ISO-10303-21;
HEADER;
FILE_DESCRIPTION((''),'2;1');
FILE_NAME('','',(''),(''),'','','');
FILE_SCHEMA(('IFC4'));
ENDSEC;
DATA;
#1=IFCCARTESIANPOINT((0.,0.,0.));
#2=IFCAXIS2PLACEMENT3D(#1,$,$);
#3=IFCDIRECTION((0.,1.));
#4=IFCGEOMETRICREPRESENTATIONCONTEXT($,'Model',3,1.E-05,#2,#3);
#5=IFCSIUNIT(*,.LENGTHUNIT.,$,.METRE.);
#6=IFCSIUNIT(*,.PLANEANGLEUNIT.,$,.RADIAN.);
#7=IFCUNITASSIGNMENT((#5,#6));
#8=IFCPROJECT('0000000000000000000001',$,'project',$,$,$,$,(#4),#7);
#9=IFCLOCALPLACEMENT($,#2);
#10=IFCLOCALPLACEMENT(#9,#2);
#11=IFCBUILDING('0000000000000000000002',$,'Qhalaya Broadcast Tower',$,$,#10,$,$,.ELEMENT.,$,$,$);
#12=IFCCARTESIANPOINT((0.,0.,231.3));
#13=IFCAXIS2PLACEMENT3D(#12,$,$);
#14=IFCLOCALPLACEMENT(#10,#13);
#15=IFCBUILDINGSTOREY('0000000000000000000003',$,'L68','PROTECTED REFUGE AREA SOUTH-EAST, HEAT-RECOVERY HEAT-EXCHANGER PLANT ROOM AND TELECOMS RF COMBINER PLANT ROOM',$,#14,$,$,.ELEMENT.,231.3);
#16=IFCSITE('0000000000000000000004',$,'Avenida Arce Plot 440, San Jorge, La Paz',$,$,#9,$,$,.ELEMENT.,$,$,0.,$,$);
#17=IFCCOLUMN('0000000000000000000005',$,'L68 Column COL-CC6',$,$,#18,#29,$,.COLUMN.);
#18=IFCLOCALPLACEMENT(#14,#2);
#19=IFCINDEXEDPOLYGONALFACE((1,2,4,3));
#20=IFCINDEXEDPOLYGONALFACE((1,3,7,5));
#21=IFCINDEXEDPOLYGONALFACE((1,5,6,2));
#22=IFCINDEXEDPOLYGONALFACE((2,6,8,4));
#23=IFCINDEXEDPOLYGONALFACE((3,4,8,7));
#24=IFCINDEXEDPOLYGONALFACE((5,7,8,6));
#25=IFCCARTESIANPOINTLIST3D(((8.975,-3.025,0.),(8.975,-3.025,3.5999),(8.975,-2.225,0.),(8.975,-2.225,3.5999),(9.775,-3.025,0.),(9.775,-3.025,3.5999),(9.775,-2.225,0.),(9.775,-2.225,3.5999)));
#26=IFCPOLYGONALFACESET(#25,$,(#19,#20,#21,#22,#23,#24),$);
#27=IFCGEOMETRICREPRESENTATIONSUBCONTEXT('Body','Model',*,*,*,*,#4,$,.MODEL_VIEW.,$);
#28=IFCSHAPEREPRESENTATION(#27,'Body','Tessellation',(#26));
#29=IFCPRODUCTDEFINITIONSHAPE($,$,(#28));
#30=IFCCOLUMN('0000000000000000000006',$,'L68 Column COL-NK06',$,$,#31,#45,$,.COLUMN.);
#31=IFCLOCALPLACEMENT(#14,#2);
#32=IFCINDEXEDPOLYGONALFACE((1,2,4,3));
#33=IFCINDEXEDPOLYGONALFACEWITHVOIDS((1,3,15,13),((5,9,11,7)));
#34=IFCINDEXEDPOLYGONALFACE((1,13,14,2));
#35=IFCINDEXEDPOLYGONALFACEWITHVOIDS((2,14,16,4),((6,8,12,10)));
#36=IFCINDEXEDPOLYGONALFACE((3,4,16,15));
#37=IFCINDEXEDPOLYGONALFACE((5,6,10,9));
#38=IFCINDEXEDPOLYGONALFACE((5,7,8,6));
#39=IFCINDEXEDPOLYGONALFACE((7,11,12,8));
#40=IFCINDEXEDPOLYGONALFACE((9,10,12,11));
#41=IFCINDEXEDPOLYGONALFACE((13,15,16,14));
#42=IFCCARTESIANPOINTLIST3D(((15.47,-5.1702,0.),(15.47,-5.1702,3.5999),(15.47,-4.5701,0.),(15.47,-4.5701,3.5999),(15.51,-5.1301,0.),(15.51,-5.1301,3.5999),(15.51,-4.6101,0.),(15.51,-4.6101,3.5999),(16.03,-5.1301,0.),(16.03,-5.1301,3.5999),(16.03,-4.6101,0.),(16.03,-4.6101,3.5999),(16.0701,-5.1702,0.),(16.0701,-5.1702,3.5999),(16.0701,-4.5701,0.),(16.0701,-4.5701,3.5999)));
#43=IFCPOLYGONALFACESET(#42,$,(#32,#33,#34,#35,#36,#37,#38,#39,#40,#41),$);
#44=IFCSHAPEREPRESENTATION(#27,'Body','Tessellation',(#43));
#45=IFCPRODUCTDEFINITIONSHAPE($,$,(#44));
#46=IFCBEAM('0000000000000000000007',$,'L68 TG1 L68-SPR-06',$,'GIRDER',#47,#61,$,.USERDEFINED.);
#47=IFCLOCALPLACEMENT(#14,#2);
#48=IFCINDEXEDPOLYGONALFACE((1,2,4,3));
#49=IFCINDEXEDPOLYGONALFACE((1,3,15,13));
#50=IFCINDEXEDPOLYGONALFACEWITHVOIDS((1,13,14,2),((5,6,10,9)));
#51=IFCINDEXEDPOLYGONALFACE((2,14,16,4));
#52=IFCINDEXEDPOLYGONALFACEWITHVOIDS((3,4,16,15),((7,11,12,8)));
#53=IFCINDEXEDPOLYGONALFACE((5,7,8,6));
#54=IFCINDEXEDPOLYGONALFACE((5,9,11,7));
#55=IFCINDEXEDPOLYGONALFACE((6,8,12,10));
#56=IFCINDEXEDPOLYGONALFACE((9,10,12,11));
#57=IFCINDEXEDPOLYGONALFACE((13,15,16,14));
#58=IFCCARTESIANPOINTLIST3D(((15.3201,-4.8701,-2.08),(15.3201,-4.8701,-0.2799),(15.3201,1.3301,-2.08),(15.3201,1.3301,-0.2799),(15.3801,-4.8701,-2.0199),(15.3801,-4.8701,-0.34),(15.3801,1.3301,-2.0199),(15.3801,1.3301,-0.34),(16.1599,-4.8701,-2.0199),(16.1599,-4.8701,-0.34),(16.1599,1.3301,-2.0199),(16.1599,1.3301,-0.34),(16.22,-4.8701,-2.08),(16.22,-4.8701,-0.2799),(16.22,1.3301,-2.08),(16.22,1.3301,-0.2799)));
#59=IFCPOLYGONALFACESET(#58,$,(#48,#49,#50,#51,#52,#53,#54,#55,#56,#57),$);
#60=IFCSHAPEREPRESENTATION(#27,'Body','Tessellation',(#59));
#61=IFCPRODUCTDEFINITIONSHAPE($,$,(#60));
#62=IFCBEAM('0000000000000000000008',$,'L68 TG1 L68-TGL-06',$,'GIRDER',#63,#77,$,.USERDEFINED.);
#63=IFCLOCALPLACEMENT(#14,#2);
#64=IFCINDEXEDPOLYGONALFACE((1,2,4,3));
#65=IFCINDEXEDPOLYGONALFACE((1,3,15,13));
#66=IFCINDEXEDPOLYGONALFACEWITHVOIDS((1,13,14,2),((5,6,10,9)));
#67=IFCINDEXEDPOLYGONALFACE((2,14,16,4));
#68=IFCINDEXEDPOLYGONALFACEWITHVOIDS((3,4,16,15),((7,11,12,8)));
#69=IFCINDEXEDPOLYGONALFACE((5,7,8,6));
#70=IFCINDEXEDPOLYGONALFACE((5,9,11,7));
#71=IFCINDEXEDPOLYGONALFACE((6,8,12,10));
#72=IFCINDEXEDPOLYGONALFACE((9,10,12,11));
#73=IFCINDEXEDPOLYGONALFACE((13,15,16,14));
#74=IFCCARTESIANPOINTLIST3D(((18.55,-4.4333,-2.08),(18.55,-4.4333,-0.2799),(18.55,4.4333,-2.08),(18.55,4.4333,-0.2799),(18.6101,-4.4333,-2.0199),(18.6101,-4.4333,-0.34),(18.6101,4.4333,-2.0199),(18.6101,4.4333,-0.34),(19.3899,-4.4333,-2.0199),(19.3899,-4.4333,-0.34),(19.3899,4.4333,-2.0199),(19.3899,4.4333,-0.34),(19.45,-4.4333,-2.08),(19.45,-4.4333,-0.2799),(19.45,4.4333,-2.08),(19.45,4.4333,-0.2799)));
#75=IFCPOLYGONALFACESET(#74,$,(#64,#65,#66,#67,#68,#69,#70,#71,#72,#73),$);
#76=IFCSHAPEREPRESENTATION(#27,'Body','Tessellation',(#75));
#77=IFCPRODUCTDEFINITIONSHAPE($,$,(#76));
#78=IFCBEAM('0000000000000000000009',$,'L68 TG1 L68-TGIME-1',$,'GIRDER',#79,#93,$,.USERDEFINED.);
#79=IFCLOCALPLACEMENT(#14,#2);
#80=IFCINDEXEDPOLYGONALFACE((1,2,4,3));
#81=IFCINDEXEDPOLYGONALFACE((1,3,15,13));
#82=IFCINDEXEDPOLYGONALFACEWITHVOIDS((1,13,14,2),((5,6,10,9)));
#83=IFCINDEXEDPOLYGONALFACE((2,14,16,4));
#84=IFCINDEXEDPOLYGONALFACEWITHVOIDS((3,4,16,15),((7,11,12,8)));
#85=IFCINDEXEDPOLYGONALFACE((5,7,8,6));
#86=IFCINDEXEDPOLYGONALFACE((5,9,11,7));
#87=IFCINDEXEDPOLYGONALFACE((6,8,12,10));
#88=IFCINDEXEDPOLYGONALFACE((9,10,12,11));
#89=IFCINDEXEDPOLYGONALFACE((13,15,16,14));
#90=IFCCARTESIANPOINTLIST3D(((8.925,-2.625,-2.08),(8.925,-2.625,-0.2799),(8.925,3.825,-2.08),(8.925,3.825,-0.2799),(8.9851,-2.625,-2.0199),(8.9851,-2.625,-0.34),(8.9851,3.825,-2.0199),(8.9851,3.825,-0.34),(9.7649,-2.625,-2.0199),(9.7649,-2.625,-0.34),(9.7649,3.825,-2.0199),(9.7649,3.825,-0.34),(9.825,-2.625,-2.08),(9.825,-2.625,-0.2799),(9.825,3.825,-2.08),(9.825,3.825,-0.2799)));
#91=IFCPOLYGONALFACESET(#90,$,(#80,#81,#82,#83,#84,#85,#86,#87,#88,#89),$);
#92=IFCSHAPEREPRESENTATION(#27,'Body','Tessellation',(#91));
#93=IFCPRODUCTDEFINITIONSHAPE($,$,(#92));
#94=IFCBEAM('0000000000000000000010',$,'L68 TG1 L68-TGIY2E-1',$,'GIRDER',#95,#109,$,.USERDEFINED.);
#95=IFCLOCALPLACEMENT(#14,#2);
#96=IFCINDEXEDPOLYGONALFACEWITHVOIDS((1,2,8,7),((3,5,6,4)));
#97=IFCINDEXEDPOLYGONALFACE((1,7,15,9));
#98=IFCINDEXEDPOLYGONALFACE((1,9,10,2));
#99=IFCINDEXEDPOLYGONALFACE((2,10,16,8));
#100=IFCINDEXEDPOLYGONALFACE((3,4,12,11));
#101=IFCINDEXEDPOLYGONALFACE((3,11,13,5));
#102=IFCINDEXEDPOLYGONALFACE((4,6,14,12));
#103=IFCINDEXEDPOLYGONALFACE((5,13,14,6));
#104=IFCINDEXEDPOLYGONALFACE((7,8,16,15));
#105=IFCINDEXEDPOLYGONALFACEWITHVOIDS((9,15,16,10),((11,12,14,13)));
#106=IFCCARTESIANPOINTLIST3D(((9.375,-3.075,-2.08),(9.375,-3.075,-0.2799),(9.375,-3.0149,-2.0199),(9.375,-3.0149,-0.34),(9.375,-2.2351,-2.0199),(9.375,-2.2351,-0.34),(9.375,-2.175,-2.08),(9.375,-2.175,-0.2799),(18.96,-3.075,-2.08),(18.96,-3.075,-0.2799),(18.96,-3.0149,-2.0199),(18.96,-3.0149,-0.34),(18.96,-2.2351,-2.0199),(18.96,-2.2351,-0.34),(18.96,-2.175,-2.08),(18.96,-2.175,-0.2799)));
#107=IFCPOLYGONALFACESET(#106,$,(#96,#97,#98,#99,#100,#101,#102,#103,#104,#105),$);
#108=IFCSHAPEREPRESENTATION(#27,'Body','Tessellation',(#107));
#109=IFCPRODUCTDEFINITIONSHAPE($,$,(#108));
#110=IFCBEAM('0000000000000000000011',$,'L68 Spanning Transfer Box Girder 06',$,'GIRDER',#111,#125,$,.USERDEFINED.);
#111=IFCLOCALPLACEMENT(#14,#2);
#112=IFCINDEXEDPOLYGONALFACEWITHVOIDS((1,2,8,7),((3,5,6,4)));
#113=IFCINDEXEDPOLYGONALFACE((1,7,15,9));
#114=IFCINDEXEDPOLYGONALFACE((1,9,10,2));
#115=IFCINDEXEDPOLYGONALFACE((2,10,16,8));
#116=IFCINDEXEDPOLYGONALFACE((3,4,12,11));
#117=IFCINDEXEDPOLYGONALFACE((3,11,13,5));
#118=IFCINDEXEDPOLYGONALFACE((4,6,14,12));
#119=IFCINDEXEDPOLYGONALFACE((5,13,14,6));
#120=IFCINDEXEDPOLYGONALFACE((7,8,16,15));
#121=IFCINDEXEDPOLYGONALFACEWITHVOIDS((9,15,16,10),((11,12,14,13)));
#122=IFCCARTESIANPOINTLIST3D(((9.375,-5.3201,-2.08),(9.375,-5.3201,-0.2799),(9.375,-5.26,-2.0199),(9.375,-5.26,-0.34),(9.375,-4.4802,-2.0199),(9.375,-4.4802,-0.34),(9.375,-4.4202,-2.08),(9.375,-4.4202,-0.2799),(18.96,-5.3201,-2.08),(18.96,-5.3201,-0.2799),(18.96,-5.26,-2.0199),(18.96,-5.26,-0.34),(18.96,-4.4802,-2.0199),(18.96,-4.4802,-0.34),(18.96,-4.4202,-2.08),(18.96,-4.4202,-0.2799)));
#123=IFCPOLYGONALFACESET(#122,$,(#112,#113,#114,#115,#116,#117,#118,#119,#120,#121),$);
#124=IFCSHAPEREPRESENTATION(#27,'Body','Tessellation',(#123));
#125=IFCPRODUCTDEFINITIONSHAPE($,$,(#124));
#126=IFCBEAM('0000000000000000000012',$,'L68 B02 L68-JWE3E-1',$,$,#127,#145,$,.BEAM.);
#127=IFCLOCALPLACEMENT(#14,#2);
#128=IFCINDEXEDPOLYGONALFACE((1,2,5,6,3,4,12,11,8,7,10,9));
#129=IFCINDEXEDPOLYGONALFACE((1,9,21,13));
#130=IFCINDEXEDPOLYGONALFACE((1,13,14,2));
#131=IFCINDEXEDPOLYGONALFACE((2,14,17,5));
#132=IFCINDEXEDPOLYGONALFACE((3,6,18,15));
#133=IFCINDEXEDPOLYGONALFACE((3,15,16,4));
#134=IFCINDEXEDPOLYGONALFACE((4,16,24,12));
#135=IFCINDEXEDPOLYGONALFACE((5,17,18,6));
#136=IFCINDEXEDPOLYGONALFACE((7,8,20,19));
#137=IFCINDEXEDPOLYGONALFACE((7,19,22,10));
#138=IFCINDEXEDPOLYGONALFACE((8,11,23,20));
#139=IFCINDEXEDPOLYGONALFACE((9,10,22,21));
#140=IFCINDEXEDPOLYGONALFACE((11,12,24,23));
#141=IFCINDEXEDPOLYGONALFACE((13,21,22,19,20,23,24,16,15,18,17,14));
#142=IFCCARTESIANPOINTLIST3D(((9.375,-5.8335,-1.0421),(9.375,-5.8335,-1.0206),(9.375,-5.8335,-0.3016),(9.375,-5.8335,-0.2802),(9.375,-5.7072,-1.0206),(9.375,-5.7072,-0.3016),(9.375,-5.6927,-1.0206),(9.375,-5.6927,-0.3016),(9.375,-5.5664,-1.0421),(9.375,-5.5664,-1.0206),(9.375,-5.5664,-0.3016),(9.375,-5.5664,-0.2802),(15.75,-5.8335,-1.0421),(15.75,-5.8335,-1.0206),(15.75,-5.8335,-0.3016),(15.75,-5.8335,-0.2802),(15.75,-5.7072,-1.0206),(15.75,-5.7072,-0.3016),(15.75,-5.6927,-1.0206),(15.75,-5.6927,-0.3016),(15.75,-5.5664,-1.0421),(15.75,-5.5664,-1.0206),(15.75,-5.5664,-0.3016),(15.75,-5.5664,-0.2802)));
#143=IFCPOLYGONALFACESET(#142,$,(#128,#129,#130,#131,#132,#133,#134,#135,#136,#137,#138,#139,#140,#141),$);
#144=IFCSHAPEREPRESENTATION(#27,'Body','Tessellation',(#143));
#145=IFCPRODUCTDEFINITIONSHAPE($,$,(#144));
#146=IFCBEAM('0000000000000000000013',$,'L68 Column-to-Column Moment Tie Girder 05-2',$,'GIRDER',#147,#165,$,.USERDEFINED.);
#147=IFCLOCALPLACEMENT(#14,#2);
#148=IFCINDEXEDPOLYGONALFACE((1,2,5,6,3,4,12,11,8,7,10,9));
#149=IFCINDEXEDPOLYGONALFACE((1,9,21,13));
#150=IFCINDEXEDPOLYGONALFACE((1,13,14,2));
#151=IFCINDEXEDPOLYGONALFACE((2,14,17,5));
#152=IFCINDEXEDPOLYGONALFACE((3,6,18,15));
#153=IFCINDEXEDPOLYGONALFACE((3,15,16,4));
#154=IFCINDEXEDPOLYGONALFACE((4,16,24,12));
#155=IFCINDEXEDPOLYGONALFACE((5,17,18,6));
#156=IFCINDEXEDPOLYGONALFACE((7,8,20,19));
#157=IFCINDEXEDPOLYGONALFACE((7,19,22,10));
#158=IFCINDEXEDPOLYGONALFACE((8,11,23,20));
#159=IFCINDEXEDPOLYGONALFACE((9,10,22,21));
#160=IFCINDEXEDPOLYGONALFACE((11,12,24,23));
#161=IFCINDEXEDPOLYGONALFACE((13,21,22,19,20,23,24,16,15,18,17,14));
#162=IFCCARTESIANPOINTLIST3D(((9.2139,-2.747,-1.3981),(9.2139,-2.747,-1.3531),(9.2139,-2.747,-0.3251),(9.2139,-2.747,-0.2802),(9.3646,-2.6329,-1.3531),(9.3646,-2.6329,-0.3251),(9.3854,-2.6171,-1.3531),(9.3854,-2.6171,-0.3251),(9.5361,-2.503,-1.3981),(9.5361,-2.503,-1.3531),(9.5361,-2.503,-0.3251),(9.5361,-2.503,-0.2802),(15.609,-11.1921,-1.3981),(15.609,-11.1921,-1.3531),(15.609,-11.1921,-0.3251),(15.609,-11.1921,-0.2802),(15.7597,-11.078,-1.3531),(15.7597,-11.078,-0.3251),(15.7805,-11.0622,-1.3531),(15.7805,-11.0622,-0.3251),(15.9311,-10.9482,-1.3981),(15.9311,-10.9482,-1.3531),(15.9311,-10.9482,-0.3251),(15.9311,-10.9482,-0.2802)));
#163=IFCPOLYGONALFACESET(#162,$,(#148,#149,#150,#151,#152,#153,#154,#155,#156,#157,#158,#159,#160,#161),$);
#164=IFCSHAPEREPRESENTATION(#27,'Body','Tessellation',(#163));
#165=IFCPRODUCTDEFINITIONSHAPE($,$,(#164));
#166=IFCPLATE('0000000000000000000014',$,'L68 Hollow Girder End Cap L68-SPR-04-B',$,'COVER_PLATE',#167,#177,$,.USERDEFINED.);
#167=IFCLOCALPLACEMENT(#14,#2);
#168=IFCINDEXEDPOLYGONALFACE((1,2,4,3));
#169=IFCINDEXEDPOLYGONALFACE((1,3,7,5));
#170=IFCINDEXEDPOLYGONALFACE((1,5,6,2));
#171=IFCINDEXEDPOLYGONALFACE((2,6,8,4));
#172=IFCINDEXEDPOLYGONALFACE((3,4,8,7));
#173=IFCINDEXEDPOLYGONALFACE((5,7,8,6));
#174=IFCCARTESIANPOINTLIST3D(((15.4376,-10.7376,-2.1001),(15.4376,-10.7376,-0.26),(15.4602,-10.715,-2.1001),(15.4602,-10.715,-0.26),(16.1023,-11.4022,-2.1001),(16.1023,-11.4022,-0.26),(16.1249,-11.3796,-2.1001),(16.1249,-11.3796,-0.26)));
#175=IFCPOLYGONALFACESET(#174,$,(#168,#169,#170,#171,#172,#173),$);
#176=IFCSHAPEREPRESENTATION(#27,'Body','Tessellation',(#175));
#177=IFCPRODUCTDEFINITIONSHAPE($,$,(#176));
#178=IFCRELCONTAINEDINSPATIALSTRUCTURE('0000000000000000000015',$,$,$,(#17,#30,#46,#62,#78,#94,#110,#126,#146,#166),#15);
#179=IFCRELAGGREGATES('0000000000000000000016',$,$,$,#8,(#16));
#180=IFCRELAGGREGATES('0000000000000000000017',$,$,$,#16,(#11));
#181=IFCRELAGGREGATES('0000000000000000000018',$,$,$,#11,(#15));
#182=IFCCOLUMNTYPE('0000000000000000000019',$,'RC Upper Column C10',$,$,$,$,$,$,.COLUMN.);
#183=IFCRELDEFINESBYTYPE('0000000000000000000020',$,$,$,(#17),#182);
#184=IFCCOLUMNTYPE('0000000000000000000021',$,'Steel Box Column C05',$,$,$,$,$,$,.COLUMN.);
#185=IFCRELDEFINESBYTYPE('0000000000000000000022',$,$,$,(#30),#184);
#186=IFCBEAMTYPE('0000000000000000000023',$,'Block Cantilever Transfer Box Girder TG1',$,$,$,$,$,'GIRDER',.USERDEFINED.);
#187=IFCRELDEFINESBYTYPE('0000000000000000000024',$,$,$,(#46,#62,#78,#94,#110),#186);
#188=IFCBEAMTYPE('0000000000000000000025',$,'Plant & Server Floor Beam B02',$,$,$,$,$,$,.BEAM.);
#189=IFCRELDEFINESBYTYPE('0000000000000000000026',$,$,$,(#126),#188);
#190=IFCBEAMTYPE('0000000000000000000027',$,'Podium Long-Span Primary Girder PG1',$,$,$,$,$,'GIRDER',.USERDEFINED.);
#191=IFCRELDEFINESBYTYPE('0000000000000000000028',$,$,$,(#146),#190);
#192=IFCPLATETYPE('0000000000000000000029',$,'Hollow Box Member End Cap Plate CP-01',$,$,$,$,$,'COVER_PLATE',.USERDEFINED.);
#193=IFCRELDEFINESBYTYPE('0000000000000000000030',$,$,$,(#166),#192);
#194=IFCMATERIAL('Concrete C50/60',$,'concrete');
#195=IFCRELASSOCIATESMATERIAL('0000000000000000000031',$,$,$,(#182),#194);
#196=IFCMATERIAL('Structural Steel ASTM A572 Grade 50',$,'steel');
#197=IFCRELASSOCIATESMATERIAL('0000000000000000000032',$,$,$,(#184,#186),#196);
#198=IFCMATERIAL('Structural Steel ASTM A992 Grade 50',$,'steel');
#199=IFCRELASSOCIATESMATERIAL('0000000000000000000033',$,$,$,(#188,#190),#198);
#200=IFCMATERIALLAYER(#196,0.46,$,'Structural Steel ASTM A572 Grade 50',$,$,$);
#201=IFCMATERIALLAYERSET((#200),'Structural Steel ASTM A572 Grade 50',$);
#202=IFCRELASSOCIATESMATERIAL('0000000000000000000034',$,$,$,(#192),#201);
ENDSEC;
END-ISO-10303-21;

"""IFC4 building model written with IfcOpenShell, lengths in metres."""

from ifc_helpers import new_model, si_unit, direction, frame, origin, origin_2d, place, context, subcontext, project, spatial, rectangle, hollow_rectangle, i_section, extrude, material, layer, layer_set, material_profile, profile_set, type_object, element, save


model = new_model("IFC4")

# Units and contexts
model_context = context("Model", 3, precision=1e-05, world=origin(), true_north=direction((0.0, 1.0)))
body_context = subcontext(model_context, "Body", "Model", "MODEL_VIEW")
ifc_project = project(units=[si_unit("LENGTHUNIT", "METRE"), si_unit("PLANEANGLEUNIT", "RADIAN")], contexts=[model_context])

# Site, building, storey
site_placement = place(None, origin())
site = spatial("IfcSite", under=ifc_project, at=site_placement, Name="Avenida Arce Plot 440, San Jorge, La Paz", CompositionType="ELEMENT", RefElevation=0.0)
building_placement = place(site_placement, origin())
building = spatial("IfcBuilding", under=site, at=building_placement, Name="Qhalaya Broadcast Tower", CompositionType="ELEMENT")
storey_placement = place(building_placement, frame((0.0, 0.0, 231.3)))
storey = spatial("IfcBuildingStorey", under=building, at=storey_placement, Name="L68", Description="PROTECTED REFUGE AREA SOUTH-EAST, HEAT-RECOVERY HEAT-EXCHANGER PLANT ROOM AND TELECOMS RF COMBINER PLANT ROOM", CompositionType="ELEMENT", Elevation=231.3)

# Columns
ifc_material_1 = material(Name="Concrete C50/60", Category="concrete")
ifc_material_profile_1 = material_profile(ifc_material_1, rectangle(XDim=0.8, YDim=0.8, at=origin_2d()), Name="RC-COL 800x800")
ifc_profile_set_1 = profile_set([ifc_material_profile_1], Name="Concrete C50/60")
column_type_1 = type_object("IfcColumnType", Name="RC Upper Column C10", PredefinedType="COLUMN", material=ifc_profile_set_1)
column_1_placement = place(storey_placement, frame((9.375, -2.625, 0.0), z_axis=(0.0, 0.0, 1.0), x_axis=(1.0, 0.0, 0.0)))
element("IfcColumn", 1, at=column_1_placement, inside=storey, type_object=column_type_1, Name="L68 Column COL-CC6", PredefinedType="COLUMN", context=body_context, shape_type="SweptSolid", body=[
    extrude(rectangle(XDim=0.8, YDim=0.8, at=origin_2d()), origin(), (0.0, 0.0, 1.0), 3.5999),
])
ifc_material_2 = material(Name="Structural Steel ASTM A572 Grade 50", Category="steel")
ifc_material_profile_2 = material_profile(ifc_material_2, hollow_rectangle(XDim=0.6001, YDim=0.6001, WallThickness=0.04, at=origin_2d()), Name="BOX 600x600x40")
ifc_profile_set_2 = profile_set([ifc_material_profile_2], Name="Structural Steel ASTM A572 Grade 50")
column_type_2 = type_object("IfcColumnType", Name="Steel Box Column C05", PredefinedType="COLUMN", material=ifc_profile_set_2)
column_2_placement = place(storey_placement, frame((15.77, -4.8701, 0.0), z_axis=(0.0, 0.0, 1.0), x_axis=(0.0, 1.0, 0.0)))
element("IfcColumn", 2, at=column_2_placement, inside=storey, type_object=column_type_2, Name="L68 Column COL-NK06", PredefinedType="COLUMN", context=body_context, shape_type="SweptSolid", body=[
    extrude(hollow_rectangle(XDim=0.6001, YDim=0.6001, WallThickness=0.04, at=origin_2d()), origin(), (0.0, 0.0, 1.0), 3.5999),
])

# Beams
ifc_material_profile_3 = material_profile(ifc_material_2, hollow_rectangle(XDim=0.8999, YDim=1.8, WallThickness=0.0601, at=origin_2d()), Name="BOX 900x1800x60")
ifc_profile_set_3 = profile_set([ifc_material_profile_3], Name="Structural Steel ASTM A572 Grade 50")
beam_type_1 = type_object("IfcBeamType", Name="Block Cantilever Transfer Box Girder TG1", ElementType="GIRDER", PredefinedType="USERDEFINED", material=ifc_profile_set_3)
beam_1_placement = place(storey_placement, frame((15.77, -4.8701, -1.1799), z_axis=(0.0, 1.0, 0.0), x_axis=(-1.0, 0.0, 0.0)))
element("IfcBeam", 3, at=beam_1_placement, inside=storey, type_object=beam_type_1, Name="L68 TG1 L68-SPR-06", ObjectType="GIRDER", PredefinedType="USERDEFINED", context=body_context, shape_type="SweptSolid", body=[
    extrude(hollow_rectangle(XDim=0.8999, YDim=1.8, WallThickness=0.0601, at=origin_2d()), origin(), (0.0, 0.0, 1.0), 6.2002),
])
beam_2_placement = place(storey_placement, frame((19.0, -4.4333, -1.1799), z_axis=(0.0, 1.0, 0.0), x_axis=(-1.0, 0.0, 0.0)))
element("IfcBeam", 4, at=beam_2_placement, inside=storey, type_object=beam_type_1, Name="L68 TG1 L68-TGL-06", ObjectType="GIRDER", PredefinedType="USERDEFINED", context=body_context, shape_type="SweptSolid", body=[
    extrude(hollow_rectangle(XDim=0.8999, YDim=1.8, WallThickness=0.0601, at=origin_2d()), origin(), (0.0, 0.0, 1.0), 8.8667),
])
beam_3_placement = place(storey_placement, frame((9.375, -2.625, -1.1799), z_axis=(0.0, 1.0, 0.0), x_axis=(-1.0, 0.0, 0.0)))
element("IfcBeam", 5, at=beam_3_placement, inside=storey, type_object=beam_type_1, Name="L68 TG1 L68-TGIME-1", ObjectType="GIRDER", PredefinedType="USERDEFINED", context=body_context, shape_type="SweptSolid", body=[
    extrude(hollow_rectangle(XDim=0.8999, YDim=1.8, WallThickness=0.0601, at=origin_2d()), origin(), (0.0, 0.0, 1.0), 6.45),
])
for number, where, z_axis, x_axis, name in (
    (6, (9.375, -2.625, -1.1799), (1.0, 0.0, 0.0), (0.0, 1.0, 0.0), "L68 TG1 L68-TGIY2E-1"),
    (7, (9.375, -4.8701, -1.1799), (1.0, 0.0, 0.0), (0.0, 1.0, 0.0), "L68 Spanning Transfer Box Girder 06"),
):
    element("IfcBeam", number, at=place(storey_placement, frame(where, z_axis=z_axis, x_axis=x_axis)), inside=storey, type_object=beam_type_1, Name=name, ObjectType="GIRDER", PredefinedType="USERDEFINED", context=body_context, shape_type="SweptSolid", body=[
        extrude(hollow_rectangle(XDim=0.8999, YDim=1.8, WallThickness=0.0601, at=origin_2d()), origin(), (0.0, 0.0, 1.0), 9.585),
    ])
ifc_material_3 = material(Name="Structural Steel ASTM A992 Grade 50", Category="steel")
ifc_material_profile_4 = material_profile(ifc_material_3, i_section(OverallWidth=0.2671, OverallDepth=0.762, WebThickness=0.0144, FlangeThickness=0.0215, at=origin_2d()), Name="W30X116")
ifc_profile_set_4 = profile_set([ifc_material_profile_4], Name="Structural Steel ASTM A992 Grade 50")
beam_type_2 = type_object("IfcBeamType", Name="Plant & Server Floor Beam B02", PredefinedType="BEAM", material=ifc_profile_set_4)
beam_4_placement = place(storey_placement, frame((9.375, -5.7, -0.6611), z_axis=(1.0, 0.0, 0.0), x_axis=(0.0, 1.0, 0.0)))
element("IfcBeam", 8, at=beam_4_placement, inside=storey, type_object=beam_type_2, Name="L68 B02 L68-JWE3E-1", PredefinedType="BEAM", context=body_context, shape_type="SweptSolid", body=[
    extrude(i_section(OverallWidth=0.2671, OverallDepth=0.762, WebThickness=0.0144, FlangeThickness=0.0215, at=origin_2d()), origin(), (0.0, 0.0, 1.0), 6.375),
])
ifc_material_profile_5 = material_profile(ifc_material_3, i_section(OverallWidth=0.4041, OverallDepth=1.1179, WebThickness=0.0261, FlangeThickness=0.0449, at=origin_2d()), Name="W44X335")
ifc_profile_set_5 = profile_set([ifc_material_profile_5], Name="Structural Steel ASTM A992 Grade 50")
beam_type_3 = type_object("IfcBeamType", Name="Podium Long-Span Primary Girder PG1", ElementType="GIRDER", PredefinedType="USERDEFINED", material=ifc_profile_set_5)
beam_5_placement = place(storey_placement, frame((9.375, -2.625, -0.8391), z_axis=(0.603692, -0.797218, 0.0), x_axis=(0.797218, 0.603692, 0.0)))
element("IfcBeam", 9, at=beam_5_placement, inside=storey, type_object=beam_type_3, Name="L68 Column-to-Column Moment Tie Girder 05-2", ObjectType="GIRDER", PredefinedType="USERDEFINED", context=body_context, shape_type="SweptSolid", body=[
    extrude(i_section(OverallWidth=0.4041, OverallDepth=1.1179, WebThickness=0.0261, FlangeThickness=0.0449, at=origin_2d()), origin(), (0.0, 0.0, 1.0), 10.5933),
])

# Plate
ifc_layer_1 = layer(ifc_material_2, 0.46, Name="Structural Steel ASTM A572 Grade 50")
ifc_layer_set_1 = layer_set([ifc_layer_1], Name="Structural Steel ASTM A572 Grade 50")
plate_type = type_object("IfcPlateType", Name="Hollow Box Member End Cap Plate CP-01", ElementType="COVER_PLATE", PredefinedType="USERDEFINED", material=ifc_layer_set_1)
for number, where, z_axis, x_axis, name in (
    (10, (15.7812, -11.0586, -2.1001), (0.0, 0.0, 1.0), (-0.707107, 0.707107, 0.0), "L68 Hollow Girder End Cap L68-SPR-04-B"),
):
    element("IfcPlate", number, at=place(storey_placement, frame(where, z_axis=z_axis, x_axis=x_axis)), inside=storey, type_object=plate_type, Name=name, ObjectType="COVER_PLATE", PredefinedType="USERDEFINED", context=body_context, shape_type="SweptSolid", body=[
        extrude(rectangle(XDim=0.9399, YDim=0.032, at=origin_2d()), origin(), (0.0, 0.0, 1.0), 1.8401),
    ])

save(model, "model.ifc")
